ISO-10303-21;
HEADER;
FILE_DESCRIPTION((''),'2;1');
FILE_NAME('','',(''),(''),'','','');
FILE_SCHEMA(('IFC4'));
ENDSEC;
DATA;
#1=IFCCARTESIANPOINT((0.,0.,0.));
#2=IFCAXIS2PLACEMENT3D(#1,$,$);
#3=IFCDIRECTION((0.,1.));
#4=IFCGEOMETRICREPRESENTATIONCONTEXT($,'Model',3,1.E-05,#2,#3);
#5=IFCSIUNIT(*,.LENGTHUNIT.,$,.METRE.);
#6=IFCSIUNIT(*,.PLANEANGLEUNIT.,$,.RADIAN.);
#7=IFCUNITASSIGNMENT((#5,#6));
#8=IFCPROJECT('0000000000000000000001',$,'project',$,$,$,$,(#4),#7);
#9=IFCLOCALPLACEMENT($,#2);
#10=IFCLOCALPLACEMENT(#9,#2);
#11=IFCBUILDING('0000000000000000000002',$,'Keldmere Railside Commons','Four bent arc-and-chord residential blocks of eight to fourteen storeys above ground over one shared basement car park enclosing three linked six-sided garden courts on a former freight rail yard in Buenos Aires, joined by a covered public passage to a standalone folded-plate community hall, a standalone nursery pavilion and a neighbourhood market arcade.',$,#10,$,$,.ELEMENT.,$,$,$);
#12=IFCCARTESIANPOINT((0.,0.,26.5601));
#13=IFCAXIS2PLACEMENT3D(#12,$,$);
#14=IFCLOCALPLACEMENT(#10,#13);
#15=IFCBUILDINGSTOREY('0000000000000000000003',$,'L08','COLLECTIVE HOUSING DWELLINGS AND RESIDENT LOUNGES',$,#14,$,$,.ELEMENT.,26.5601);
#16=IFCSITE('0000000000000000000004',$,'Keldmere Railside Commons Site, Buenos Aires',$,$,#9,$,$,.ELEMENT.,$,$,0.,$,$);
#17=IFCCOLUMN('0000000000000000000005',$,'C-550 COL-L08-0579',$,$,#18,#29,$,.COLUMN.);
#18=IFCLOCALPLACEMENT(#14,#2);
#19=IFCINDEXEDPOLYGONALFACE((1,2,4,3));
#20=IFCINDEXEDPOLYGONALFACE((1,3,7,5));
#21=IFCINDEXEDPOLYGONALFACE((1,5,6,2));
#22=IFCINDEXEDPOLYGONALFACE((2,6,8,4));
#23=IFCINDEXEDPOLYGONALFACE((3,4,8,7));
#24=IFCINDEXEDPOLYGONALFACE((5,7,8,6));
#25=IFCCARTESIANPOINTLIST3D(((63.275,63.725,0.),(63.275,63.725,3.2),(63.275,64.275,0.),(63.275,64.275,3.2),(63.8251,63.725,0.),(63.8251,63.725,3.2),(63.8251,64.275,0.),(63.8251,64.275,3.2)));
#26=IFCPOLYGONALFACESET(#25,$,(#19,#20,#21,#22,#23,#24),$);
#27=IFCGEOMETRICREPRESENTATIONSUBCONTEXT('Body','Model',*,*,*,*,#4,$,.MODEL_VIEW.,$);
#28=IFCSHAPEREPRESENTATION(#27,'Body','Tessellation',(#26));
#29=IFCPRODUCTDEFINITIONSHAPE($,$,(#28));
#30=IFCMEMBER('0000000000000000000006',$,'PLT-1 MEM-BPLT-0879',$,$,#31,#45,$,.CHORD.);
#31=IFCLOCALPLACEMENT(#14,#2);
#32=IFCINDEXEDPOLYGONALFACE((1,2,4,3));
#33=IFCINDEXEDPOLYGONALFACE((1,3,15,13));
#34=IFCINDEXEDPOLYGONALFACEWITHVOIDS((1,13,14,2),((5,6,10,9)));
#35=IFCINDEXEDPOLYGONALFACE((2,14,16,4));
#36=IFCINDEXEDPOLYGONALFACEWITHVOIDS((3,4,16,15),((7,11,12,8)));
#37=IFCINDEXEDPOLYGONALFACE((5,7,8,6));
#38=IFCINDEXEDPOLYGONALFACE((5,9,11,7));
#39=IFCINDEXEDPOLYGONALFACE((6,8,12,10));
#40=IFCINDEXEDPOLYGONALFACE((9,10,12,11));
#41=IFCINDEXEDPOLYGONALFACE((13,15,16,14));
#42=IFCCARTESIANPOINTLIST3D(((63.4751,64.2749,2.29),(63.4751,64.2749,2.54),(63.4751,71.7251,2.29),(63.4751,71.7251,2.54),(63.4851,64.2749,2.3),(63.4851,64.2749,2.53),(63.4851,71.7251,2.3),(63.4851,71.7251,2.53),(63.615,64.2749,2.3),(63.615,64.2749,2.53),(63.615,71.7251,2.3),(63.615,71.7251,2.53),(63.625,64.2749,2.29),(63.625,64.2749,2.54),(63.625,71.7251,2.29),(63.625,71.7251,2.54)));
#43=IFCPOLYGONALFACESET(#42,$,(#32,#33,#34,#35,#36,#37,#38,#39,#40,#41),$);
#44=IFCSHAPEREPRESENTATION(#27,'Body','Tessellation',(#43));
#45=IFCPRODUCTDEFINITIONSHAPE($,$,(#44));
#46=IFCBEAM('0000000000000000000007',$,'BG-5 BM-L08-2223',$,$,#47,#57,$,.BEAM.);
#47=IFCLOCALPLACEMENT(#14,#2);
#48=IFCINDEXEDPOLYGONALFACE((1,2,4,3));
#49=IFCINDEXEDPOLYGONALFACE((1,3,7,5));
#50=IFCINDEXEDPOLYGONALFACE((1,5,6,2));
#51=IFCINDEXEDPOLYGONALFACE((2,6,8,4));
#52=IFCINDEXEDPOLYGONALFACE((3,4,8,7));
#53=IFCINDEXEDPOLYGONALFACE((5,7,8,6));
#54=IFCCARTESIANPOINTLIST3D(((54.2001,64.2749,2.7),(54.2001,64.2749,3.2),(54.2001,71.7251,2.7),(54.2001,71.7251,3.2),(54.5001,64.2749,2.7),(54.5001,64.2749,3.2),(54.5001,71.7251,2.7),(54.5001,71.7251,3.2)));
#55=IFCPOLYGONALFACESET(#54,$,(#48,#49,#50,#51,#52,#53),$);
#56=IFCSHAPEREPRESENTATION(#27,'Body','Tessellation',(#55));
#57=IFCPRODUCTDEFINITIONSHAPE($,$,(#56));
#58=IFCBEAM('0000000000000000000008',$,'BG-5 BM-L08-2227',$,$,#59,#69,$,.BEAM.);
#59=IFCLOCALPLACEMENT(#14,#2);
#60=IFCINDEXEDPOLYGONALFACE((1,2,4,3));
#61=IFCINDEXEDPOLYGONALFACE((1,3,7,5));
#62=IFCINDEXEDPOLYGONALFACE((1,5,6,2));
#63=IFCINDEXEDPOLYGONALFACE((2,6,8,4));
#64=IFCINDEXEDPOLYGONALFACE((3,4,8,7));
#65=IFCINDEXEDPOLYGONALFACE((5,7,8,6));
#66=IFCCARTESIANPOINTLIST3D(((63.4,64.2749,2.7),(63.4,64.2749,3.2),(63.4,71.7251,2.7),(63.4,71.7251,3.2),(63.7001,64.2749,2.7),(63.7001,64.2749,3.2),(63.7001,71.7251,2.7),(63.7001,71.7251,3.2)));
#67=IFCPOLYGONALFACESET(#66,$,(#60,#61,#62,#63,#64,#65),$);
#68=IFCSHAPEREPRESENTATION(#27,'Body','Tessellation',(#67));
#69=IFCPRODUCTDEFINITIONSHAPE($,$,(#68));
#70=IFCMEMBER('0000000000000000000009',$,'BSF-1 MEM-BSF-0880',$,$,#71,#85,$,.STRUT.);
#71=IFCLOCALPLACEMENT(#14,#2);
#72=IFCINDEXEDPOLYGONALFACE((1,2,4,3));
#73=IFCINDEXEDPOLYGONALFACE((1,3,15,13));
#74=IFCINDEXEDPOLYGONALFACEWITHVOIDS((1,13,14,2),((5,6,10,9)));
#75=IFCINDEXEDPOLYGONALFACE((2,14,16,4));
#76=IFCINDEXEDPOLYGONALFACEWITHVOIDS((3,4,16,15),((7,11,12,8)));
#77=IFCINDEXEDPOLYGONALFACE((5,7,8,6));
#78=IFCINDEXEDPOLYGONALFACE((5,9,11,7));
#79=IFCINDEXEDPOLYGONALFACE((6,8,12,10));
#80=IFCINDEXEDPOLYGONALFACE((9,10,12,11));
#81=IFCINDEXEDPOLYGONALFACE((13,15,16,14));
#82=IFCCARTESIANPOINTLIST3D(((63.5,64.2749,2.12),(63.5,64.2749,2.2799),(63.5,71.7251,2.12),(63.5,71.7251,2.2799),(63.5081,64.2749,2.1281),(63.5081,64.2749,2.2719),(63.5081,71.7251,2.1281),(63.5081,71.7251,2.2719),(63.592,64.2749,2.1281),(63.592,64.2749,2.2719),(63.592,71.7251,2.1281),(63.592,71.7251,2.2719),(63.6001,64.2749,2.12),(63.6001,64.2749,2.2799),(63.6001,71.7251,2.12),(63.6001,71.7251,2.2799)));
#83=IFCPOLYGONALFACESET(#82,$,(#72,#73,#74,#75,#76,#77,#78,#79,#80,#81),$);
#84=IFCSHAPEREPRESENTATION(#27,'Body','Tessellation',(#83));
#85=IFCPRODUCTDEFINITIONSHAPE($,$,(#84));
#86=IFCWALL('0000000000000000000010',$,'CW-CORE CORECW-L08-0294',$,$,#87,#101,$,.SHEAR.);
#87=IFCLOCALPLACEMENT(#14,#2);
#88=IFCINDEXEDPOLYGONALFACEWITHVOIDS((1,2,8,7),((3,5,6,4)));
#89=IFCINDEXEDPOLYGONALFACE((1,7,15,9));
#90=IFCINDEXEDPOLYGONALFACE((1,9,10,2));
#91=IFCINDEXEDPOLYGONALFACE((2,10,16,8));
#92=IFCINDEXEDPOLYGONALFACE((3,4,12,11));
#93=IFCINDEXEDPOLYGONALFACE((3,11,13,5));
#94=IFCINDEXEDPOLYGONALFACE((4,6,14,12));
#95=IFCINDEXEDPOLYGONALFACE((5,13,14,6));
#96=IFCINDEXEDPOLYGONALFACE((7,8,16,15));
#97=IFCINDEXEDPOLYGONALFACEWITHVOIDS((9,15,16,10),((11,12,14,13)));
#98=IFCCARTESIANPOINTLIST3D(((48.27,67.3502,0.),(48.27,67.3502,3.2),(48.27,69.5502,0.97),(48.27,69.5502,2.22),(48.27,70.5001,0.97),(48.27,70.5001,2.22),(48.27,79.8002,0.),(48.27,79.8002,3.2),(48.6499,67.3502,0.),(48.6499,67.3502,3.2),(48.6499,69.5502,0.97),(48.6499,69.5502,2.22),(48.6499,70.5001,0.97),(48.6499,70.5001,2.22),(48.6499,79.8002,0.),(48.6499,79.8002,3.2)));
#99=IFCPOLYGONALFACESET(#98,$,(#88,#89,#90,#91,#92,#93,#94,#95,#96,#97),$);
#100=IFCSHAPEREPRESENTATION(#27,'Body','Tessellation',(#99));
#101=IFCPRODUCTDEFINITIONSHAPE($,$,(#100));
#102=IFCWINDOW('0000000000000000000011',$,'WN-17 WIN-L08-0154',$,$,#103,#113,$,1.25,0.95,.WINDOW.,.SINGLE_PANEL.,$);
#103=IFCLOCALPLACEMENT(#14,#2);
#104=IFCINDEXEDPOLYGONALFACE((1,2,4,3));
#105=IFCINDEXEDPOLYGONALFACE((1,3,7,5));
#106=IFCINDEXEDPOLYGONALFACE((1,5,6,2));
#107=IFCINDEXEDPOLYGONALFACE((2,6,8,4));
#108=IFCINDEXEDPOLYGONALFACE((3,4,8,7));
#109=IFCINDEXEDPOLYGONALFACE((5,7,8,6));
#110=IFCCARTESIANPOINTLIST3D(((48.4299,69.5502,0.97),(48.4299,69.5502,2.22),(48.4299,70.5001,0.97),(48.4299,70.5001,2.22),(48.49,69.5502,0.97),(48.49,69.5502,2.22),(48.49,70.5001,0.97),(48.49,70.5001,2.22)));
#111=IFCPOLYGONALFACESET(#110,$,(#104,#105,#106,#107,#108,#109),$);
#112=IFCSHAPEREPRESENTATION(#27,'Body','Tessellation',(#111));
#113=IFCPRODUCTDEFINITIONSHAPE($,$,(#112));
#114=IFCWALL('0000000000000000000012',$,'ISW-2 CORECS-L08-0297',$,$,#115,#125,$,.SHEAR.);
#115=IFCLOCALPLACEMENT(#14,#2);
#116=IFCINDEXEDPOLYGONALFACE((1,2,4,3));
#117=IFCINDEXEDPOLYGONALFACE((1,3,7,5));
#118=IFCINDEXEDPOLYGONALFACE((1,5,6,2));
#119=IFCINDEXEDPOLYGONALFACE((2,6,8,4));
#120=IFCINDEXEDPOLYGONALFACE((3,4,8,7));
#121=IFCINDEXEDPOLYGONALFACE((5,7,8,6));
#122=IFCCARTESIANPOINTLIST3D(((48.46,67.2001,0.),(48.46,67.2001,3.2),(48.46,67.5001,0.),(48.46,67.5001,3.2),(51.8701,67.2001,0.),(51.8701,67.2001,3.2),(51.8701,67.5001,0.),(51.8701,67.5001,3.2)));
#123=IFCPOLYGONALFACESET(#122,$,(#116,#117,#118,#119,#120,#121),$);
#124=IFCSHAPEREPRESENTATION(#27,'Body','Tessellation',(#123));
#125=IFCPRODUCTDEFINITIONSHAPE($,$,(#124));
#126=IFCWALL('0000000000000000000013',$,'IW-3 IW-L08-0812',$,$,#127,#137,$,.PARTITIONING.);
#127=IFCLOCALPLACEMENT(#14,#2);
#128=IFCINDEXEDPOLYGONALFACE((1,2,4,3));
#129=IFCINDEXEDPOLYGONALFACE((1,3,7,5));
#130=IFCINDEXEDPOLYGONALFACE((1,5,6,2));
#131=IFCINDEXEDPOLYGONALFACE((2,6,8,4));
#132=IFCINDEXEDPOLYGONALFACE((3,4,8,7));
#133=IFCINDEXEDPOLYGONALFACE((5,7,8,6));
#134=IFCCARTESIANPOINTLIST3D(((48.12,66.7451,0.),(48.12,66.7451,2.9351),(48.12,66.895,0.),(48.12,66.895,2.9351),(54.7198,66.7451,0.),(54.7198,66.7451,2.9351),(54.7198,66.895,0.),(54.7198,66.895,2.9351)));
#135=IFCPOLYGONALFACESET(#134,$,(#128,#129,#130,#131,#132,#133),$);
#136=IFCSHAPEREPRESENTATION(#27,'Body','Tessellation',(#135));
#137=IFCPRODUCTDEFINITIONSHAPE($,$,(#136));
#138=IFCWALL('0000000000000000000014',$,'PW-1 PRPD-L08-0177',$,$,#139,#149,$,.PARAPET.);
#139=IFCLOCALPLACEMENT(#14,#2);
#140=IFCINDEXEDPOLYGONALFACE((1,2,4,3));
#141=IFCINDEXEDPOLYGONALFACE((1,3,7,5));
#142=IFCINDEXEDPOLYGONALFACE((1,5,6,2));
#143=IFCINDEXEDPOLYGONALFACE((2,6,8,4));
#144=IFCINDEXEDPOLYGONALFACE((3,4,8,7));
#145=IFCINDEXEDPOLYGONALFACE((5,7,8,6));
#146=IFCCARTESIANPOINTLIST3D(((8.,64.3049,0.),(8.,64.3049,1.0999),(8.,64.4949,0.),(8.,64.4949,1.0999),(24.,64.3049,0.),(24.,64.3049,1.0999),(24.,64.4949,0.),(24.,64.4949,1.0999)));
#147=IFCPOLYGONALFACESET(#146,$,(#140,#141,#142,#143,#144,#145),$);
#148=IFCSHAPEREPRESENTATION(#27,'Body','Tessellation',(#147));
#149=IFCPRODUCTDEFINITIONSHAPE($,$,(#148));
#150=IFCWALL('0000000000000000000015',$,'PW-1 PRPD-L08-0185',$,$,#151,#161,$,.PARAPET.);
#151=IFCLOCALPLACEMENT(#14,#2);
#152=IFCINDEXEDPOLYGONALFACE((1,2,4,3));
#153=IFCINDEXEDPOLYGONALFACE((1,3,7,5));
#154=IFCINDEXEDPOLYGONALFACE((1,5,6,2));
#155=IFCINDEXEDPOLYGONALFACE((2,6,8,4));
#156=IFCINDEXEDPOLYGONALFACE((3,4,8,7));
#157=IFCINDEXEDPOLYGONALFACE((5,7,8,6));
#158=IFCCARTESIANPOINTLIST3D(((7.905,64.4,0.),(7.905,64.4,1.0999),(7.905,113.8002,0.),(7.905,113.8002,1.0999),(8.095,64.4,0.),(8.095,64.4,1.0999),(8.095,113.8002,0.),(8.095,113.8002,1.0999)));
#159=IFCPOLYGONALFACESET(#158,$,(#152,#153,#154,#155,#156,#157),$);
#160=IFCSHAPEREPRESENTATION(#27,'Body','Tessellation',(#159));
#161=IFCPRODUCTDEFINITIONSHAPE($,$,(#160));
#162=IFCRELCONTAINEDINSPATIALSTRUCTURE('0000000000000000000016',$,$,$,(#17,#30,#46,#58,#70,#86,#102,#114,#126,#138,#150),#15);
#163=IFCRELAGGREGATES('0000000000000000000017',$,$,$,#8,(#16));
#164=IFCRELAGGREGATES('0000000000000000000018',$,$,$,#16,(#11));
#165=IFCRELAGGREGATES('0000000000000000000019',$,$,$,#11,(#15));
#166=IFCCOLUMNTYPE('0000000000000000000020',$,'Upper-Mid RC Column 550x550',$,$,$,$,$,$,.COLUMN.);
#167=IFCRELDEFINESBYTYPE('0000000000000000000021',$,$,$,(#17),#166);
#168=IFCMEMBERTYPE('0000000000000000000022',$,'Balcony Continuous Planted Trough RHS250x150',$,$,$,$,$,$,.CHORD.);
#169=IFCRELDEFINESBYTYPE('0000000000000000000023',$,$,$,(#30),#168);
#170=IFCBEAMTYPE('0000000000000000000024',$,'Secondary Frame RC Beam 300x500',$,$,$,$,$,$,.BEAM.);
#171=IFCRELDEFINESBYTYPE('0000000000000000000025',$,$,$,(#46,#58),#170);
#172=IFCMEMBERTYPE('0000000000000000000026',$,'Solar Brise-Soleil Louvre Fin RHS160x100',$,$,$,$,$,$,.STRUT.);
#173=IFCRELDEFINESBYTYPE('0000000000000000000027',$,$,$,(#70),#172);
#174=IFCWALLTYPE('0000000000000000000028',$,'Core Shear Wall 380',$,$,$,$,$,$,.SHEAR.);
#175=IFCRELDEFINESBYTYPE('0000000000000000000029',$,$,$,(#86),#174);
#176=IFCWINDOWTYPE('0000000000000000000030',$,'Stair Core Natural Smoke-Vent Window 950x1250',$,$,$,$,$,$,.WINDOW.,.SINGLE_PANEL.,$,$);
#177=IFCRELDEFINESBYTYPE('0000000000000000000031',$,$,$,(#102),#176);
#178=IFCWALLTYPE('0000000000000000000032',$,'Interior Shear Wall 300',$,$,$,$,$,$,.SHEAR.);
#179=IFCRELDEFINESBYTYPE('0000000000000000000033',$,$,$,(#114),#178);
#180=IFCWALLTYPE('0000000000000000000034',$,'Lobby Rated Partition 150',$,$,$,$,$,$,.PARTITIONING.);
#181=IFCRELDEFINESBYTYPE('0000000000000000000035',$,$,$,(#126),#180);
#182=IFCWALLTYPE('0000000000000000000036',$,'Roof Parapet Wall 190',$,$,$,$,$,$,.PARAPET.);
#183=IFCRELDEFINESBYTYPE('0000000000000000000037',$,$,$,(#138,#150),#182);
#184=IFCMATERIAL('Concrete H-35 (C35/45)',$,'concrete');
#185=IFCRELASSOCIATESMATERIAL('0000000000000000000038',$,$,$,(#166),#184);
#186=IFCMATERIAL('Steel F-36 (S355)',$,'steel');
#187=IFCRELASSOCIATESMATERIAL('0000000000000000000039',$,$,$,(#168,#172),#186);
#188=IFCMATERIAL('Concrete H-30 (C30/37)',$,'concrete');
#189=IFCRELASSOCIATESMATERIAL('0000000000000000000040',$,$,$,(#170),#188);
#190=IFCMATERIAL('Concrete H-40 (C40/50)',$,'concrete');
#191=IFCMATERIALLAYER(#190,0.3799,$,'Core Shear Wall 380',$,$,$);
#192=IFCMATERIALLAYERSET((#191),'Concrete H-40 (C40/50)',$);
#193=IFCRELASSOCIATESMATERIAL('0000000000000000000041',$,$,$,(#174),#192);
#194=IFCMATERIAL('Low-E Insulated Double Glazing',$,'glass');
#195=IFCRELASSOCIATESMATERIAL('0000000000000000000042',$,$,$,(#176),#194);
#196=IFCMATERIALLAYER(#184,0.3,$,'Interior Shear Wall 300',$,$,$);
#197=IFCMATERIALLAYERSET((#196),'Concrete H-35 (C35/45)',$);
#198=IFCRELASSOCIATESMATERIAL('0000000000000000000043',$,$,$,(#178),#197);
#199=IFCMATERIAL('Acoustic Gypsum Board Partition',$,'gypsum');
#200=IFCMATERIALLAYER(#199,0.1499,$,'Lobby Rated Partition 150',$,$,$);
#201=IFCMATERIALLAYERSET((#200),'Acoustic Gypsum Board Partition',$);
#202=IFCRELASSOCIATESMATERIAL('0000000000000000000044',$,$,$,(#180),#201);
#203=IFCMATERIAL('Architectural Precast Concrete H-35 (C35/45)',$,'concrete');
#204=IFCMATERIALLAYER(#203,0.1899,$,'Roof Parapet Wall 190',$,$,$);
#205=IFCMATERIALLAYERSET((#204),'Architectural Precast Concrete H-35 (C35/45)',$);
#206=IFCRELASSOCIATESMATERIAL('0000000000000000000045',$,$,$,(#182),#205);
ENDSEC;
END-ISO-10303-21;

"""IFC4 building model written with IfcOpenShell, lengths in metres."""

from ifc_helpers import new_model, si_unit, direction, frame, frame_2d, origin, origin_2d, place, context, subcontext, project, spatial, rectangle, hollow_rectangle, extrude, material, layer, layer_set, material_profile, profile_set, type_object, element, fill, save


model = new_model("IFC4")

# Units and contexts
model_context = context("Model", 3, precision=1e-05, world=origin(), true_north=direction((0.0, 1.0)))
body_context = subcontext(model_context, "Body", "Model", "MODEL_VIEW")
ifc_project = project(units=[si_unit("LENGTHUNIT", "METRE"), si_unit("PLANEANGLEUNIT", "RADIAN")], contexts=[model_context])

# Site, building, storey
site_placement = place(None, origin())
site = spatial("IfcSite", under=ifc_project, at=site_placement, Name="Keldmere Railside Commons Site, Buenos Aires", CompositionType="ELEMENT", RefElevation=0.0)
building_placement = place(site_placement, origin())
building = spatial("IfcBuilding", under=site, at=building_placement, Name="Keldmere Railside Commons", Description="Four bent arc-and-chord residential blocks of eight to fourteen storeys above ground over one shared basement car park enclosing three linked six-sided garden courts on a former freight rail yard in Buenos Aires, joined by a covered public passage to a standalone folded-plate community hall, a standalone nursery pavilion and a neighbourhood market arcade.", CompositionType="ELEMENT")
storey_placement = place(building_placement, frame((0.0, 0.0, 26.5601)))
storey = spatial("IfcBuildingStorey", under=building, at=storey_placement, Name="L08", Description="COLLECTIVE HOUSING DWELLINGS AND RESIDENT LOUNGES", CompositionType="ELEMENT", Elevation=26.5601)

# Column
ifc_material_1 = material(Name="Concrete H-35 (C35/45)", Category="concrete")
ifc_material_profile_1 = material_profile(ifc_material_1, rectangle(XDim=0.55, YDim=0.55, at=origin_2d()), Name="RC-550x550")
ifc_profile_set_1 = profile_set([ifc_material_profile_1], Name="Concrete H-35 (C35/45)")
column_type = type_object("IfcColumnType", Name="Upper-Mid RC Column 550x550", PredefinedType="COLUMN", material=ifc_profile_set_1)
column_placement = place(storey_placement, frame((63.55, 64.0, 0.0), z_axis=(0.0, 0.0, 1.0), x_axis=(1.0, 0.0, 0.0)))
element("IfcColumn", 1, at=column_placement, inside=storey, type_object=column_type, Name="C-550 COL-L08-0579", PredefinedType="COLUMN", context=body_context, shape_type="SweptSolid", body=[
    extrude(rectangle(XDim=0.55, YDim=0.55, at=origin_2d()), origin(), (0.0, 0.0, 1.0), 3.2),
])

# Member
ifc_material_2 = material(Name="Steel F-36 (S355)", Category="steel")
ifc_material_profile_2 = material_profile(ifc_material_2, hollow_rectangle(XDim=0.1499, YDim=0.25, WallThickness=0.01, at=origin_2d()), Name="RHS-250x150x10")
ifc_profile_set_2 = profile_set([ifc_material_profile_2], Name="Steel F-36 (S355)")
member_type_1 = type_object("IfcMemberType", Name="Balcony Continuous Planted Trough RHS250x150", PredefinedType="CHORD", material=ifc_profile_set_2)
member_1_placement = place(storey_placement, frame((63.55, 64.2749, 2.415), z_axis=(0.0, 1.0, 0.0), x_axis=(-1.0, 0.0, 0.0)))
element("IfcMember", 2, at=member_1_placement, inside=storey, type_object=member_type_1, Name="PLT-1 MEM-BPLT-0879", PredefinedType="CHORD", context=body_context, shape_type="SweptSolid", body=[
    extrude(hollow_rectangle(XDim=0.1499, YDim=0.25, WallThickness=0.01, at=origin_2d()), origin(), (0.0, 0.0, 1.0), 7.4502),
])

# Beams
ifc_material_3 = material(Name="Concrete H-30 (C30/37)", Category="concrete")
ifc_material_profile_3 = material_profile(ifc_material_3, rectangle(XDim=0.3, YDim=0.5, at=origin_2d()), Name="RC-300x500")
ifc_profile_set_3 = profile_set([ifc_material_profile_3], Name="Concrete H-30 (C30/37)")
beam_type = type_object("IfcBeamType", Name="Secondary Frame RC Beam 300x500", PredefinedType="BEAM", material=ifc_profile_set_3)
for number, where, z_axis, x_axis, name in (
    (3, (54.3501, 64.2749, 2.95), (0.0, 1.0, 0.0), (-1.0, 0.0, 0.0), "BG-5 BM-L08-2223"),
    (4, (63.55, 64.2749, 2.95), (0.0, 1.0, 0.0), (-1.0, 0.0, 0.0), "BG-5 BM-L08-2227"),
):
    element("IfcBeam", number, at=place(storey_placement, frame(where, z_axis=z_axis, x_axis=x_axis)), inside=storey, type_object=beam_type, Name=name, PredefinedType="BEAM", context=body_context, shape_type="SweptSolid", body=[
        extrude(rectangle(XDim=0.3, YDim=0.5, at=origin_2d()), origin(), (0.0, 0.0, 1.0), 7.4502),
    ])

# Member
ifc_material_profile_4 = material_profile(ifc_material_2, hollow_rectangle(XDim=0.1001, YDim=0.1599, WallThickness=0.0081, at=origin_2d()), Name="RHS-160x100x8")
ifc_profile_set_4 = profile_set([ifc_material_profile_4], Name="Steel F-36 (S355)")
member_type_2 = type_object("IfcMemberType", Name="Solar Brise-Soleil Louvre Fin RHS160x100", PredefinedType="STRUT", material=ifc_profile_set_4)
member_2_placement = place(storey_placement, frame((63.55, 64.2749, 2.2), z_axis=(0.0, 1.0, 0.0), x_axis=(-1.0, 0.0, 0.0)))
element("IfcMember", 5, at=member_2_placement, inside=storey, type_object=member_type_2, Name="BSF-1 MEM-BSF-0880", PredefinedType="STRUT", context=body_context, shape_type="SweptSolid", body=[
    extrude(hollow_rectangle(XDim=0.1001, YDim=0.1599, WallThickness=0.0081, at=origin_2d()), origin(), (0.0, 0.0, 1.0), 7.4502),
])

# Wall, opening, window
ifc_material_4 = material(Name="Concrete H-40 (C40/50)", Category="concrete")
ifc_layer_1 = layer(ifc_material_4, 0.3799, Name="Core Shear Wall 380")
ifc_layer_set_1 = layer_set([ifc_layer_1], Name="Concrete H-40 (C40/50)")
wall_type_1 = type_object("IfcWallType", Name="Core Shear Wall 380", PredefinedType="SHEAR", material=ifc_layer_set_1)
wall_1_placement = place(storey_placement, frame((48.46, 67.3501, 0.0), z_axis=(0.0, 0.0, 1.0), x_axis=(0.0, 1.0, 0.0)))
wall_1 = element("IfcWall", 6, at=wall_1_placement, inside=storey, type_object=wall_type_1, Name="CW-CORE CORECW-L08-0294", PredefinedType="SHEAR", context=body_context, shape_type="SweptSolid", body=[
    extrude(rectangle(XDim=12.45, YDim=0.3799, at=frame_2d((6.2251, 0.0))), origin(), (0.0, 0.0, 1.0), 3.2),
])
opening_placement = place(wall_1_placement, frame((2.2, 0.0, 0.97)))
opening = element("IfcOpeningElement", 7, at=opening_placement, cuts=wall_1, PredefinedType="OPENING", context=body_context, shape_type="SweptSolid", body=[
    extrude(rectangle(XDim=0.95, YDim=1.25, at=frame_2d((0.4751, 0.625))), frame((0.0, 0.2, 0.0), z_axis=(0.0, -1.0, 0.0), x_axis=(1.0, 0.0, 0.0)), (0.0, 0.0, 1.0), 0.3999),
])
ifc_material_5 = material(Name="Low-E Insulated Double Glazing", Category="glass")
window_type = type_object("IfcWindowType", Name="Stair Core Natural Smoke-Vent Window 950x1250", PartitioningType="SINGLE_PANEL", PredefinedType="WINDOW", material=ifc_material_5)
window_placement = place(opening_placement, origin())
window = element("IfcWindow", 8, at=window_placement, inside=storey, type_object=window_type, Name="WN-17 WIN-L08-0154", OverallHeight=1.25, OverallWidth=0.95, PartitioningType="SINGLE_PANEL", PredefinedType="WINDOW", context=body_context, shape_type="SweptSolid", body=[
    extrude(rectangle(XDim=0.95, YDim=1.25, at=frame_2d((0.4751, 0.625))), frame((0.0, 0.03, 0.0), z_axis=(0.0, -1.0, 0.0), x_axis=(1.0, 0.0, 0.0)), (0.0, 0.0, 1.0), 0.0601),
])
fill(opening, window)

# Walls
ifc_layer_2 = layer(ifc_material_1, 0.3, Name="Interior Shear Wall 300")
ifc_layer_set_2 = layer_set([ifc_layer_2], Name="Concrete H-35 (C35/45)")
wall_type_2 = type_object("IfcWallType", Name="Interior Shear Wall 300", PredefinedType="SHEAR", material=ifc_layer_set_2)
wall_2_placement = place(storey_placement, frame((51.8701, 67.3501, 0.0), z_axis=(0.0, 0.0, 1.0), x_axis=(-1.0, 0.0, 0.0)))
element("IfcWall", 9, at=wall_2_placement, inside=storey, type_object=wall_type_2, Name="ISW-2 CORECS-L08-0297", PredefinedType="SHEAR", context=body_context, shape_type="SweptSolid", body=[
    extrude(rectangle(XDim=3.4102, YDim=0.3, at=frame_2d((1.7051, 0.0))), origin(), (0.0, 0.0, 1.0), 3.2),
])
ifc_material_6 = material(Name="Acoustic Gypsum Board Partition", Category="gypsum")
ifc_layer_3 = layer(ifc_material_6, 0.1499, Name="Lobby Rated Partition 150")
ifc_layer_set_3 = layer_set([ifc_layer_3], Name="Acoustic Gypsum Board Partition")
wall_type_3 = type_object("IfcWallType", Name="Lobby Rated Partition 150", PredefinedType="PARTITIONING", material=ifc_layer_set_3)
wall_3_placement = place(storey_placement, frame((48.1201, 66.8201, 0.0), z_axis=(0.0, 0.0, 1.0), x_axis=(1.0, 0.0, 0.0)))
element("IfcWall", 10, at=wall_3_placement, inside=storey, type_object=wall_type_3, Name="IW-3 IW-L08-0812", PredefinedType="PARTITIONING", context=body_context, shape_type="SweptSolid", body=[
    extrude(rectangle(XDim=6.5999, YDim=0.1499, at=frame_2d((3.2998, 0.0))), origin(), (0.0, 0.0, 1.0), 2.9351),
])
ifc_material_7 = material(Name="Architectural Precast Concrete H-35 (C35/45)", Category="concrete")
ifc_layer_4 = layer(ifc_material_7, 0.1899, Name="Roof Parapet Wall 190")
ifc_layer_set_4 = layer_set([ifc_layer_4], Name="Architectural Precast Concrete H-35 (C35/45)")
wall_type_4 = type_object("IfcWallType", Name="Roof Parapet Wall 190", PredefinedType="PARAPET", material=ifc_layer_set_4)
wall_4_placement = place(storey_placement, frame((24.0, 64.3999, 0.0), z_axis=(0.0, 0.0, 1.0), x_axis=(-1.0, 0.0, 0.0)))
element("IfcWall", 11, at=wall_4_placement, inside=storey, type_object=wall_type_4, Name="PW-1 PRPD-L08-0177", PredefinedType="PARAPET", context=body_context, shape_type="SweptSolid", body=[
    extrude(rectangle(XDim=16.0, YDim=0.1899, at=frame_2d((8.0, 0.0))), origin(), (0.0, 0.0, 1.0), 1.0999),
])
wall_5_placement = place(storey_placement, frame((8.0, 64.3999, 0.0), z_axis=(0.0, 0.0, 1.0), x_axis=(0.0, 1.0, 0.0)))
element("IfcWall", 12, at=wall_5_placement, inside=storey, type_object=wall_type_4, Name="PW-1 PRPD-L08-0185", PredefinedType="PARAPET", context=body_context, shape_type="SweptSolid", body=[
    extrude(rectangle(XDim=49.4001, YDim=0.1899, at=frame_2d((24.7002, 0.0))), origin(), (0.0, 0.0, 1.0), 1.0999),
])

save(model, "model.ifc")
